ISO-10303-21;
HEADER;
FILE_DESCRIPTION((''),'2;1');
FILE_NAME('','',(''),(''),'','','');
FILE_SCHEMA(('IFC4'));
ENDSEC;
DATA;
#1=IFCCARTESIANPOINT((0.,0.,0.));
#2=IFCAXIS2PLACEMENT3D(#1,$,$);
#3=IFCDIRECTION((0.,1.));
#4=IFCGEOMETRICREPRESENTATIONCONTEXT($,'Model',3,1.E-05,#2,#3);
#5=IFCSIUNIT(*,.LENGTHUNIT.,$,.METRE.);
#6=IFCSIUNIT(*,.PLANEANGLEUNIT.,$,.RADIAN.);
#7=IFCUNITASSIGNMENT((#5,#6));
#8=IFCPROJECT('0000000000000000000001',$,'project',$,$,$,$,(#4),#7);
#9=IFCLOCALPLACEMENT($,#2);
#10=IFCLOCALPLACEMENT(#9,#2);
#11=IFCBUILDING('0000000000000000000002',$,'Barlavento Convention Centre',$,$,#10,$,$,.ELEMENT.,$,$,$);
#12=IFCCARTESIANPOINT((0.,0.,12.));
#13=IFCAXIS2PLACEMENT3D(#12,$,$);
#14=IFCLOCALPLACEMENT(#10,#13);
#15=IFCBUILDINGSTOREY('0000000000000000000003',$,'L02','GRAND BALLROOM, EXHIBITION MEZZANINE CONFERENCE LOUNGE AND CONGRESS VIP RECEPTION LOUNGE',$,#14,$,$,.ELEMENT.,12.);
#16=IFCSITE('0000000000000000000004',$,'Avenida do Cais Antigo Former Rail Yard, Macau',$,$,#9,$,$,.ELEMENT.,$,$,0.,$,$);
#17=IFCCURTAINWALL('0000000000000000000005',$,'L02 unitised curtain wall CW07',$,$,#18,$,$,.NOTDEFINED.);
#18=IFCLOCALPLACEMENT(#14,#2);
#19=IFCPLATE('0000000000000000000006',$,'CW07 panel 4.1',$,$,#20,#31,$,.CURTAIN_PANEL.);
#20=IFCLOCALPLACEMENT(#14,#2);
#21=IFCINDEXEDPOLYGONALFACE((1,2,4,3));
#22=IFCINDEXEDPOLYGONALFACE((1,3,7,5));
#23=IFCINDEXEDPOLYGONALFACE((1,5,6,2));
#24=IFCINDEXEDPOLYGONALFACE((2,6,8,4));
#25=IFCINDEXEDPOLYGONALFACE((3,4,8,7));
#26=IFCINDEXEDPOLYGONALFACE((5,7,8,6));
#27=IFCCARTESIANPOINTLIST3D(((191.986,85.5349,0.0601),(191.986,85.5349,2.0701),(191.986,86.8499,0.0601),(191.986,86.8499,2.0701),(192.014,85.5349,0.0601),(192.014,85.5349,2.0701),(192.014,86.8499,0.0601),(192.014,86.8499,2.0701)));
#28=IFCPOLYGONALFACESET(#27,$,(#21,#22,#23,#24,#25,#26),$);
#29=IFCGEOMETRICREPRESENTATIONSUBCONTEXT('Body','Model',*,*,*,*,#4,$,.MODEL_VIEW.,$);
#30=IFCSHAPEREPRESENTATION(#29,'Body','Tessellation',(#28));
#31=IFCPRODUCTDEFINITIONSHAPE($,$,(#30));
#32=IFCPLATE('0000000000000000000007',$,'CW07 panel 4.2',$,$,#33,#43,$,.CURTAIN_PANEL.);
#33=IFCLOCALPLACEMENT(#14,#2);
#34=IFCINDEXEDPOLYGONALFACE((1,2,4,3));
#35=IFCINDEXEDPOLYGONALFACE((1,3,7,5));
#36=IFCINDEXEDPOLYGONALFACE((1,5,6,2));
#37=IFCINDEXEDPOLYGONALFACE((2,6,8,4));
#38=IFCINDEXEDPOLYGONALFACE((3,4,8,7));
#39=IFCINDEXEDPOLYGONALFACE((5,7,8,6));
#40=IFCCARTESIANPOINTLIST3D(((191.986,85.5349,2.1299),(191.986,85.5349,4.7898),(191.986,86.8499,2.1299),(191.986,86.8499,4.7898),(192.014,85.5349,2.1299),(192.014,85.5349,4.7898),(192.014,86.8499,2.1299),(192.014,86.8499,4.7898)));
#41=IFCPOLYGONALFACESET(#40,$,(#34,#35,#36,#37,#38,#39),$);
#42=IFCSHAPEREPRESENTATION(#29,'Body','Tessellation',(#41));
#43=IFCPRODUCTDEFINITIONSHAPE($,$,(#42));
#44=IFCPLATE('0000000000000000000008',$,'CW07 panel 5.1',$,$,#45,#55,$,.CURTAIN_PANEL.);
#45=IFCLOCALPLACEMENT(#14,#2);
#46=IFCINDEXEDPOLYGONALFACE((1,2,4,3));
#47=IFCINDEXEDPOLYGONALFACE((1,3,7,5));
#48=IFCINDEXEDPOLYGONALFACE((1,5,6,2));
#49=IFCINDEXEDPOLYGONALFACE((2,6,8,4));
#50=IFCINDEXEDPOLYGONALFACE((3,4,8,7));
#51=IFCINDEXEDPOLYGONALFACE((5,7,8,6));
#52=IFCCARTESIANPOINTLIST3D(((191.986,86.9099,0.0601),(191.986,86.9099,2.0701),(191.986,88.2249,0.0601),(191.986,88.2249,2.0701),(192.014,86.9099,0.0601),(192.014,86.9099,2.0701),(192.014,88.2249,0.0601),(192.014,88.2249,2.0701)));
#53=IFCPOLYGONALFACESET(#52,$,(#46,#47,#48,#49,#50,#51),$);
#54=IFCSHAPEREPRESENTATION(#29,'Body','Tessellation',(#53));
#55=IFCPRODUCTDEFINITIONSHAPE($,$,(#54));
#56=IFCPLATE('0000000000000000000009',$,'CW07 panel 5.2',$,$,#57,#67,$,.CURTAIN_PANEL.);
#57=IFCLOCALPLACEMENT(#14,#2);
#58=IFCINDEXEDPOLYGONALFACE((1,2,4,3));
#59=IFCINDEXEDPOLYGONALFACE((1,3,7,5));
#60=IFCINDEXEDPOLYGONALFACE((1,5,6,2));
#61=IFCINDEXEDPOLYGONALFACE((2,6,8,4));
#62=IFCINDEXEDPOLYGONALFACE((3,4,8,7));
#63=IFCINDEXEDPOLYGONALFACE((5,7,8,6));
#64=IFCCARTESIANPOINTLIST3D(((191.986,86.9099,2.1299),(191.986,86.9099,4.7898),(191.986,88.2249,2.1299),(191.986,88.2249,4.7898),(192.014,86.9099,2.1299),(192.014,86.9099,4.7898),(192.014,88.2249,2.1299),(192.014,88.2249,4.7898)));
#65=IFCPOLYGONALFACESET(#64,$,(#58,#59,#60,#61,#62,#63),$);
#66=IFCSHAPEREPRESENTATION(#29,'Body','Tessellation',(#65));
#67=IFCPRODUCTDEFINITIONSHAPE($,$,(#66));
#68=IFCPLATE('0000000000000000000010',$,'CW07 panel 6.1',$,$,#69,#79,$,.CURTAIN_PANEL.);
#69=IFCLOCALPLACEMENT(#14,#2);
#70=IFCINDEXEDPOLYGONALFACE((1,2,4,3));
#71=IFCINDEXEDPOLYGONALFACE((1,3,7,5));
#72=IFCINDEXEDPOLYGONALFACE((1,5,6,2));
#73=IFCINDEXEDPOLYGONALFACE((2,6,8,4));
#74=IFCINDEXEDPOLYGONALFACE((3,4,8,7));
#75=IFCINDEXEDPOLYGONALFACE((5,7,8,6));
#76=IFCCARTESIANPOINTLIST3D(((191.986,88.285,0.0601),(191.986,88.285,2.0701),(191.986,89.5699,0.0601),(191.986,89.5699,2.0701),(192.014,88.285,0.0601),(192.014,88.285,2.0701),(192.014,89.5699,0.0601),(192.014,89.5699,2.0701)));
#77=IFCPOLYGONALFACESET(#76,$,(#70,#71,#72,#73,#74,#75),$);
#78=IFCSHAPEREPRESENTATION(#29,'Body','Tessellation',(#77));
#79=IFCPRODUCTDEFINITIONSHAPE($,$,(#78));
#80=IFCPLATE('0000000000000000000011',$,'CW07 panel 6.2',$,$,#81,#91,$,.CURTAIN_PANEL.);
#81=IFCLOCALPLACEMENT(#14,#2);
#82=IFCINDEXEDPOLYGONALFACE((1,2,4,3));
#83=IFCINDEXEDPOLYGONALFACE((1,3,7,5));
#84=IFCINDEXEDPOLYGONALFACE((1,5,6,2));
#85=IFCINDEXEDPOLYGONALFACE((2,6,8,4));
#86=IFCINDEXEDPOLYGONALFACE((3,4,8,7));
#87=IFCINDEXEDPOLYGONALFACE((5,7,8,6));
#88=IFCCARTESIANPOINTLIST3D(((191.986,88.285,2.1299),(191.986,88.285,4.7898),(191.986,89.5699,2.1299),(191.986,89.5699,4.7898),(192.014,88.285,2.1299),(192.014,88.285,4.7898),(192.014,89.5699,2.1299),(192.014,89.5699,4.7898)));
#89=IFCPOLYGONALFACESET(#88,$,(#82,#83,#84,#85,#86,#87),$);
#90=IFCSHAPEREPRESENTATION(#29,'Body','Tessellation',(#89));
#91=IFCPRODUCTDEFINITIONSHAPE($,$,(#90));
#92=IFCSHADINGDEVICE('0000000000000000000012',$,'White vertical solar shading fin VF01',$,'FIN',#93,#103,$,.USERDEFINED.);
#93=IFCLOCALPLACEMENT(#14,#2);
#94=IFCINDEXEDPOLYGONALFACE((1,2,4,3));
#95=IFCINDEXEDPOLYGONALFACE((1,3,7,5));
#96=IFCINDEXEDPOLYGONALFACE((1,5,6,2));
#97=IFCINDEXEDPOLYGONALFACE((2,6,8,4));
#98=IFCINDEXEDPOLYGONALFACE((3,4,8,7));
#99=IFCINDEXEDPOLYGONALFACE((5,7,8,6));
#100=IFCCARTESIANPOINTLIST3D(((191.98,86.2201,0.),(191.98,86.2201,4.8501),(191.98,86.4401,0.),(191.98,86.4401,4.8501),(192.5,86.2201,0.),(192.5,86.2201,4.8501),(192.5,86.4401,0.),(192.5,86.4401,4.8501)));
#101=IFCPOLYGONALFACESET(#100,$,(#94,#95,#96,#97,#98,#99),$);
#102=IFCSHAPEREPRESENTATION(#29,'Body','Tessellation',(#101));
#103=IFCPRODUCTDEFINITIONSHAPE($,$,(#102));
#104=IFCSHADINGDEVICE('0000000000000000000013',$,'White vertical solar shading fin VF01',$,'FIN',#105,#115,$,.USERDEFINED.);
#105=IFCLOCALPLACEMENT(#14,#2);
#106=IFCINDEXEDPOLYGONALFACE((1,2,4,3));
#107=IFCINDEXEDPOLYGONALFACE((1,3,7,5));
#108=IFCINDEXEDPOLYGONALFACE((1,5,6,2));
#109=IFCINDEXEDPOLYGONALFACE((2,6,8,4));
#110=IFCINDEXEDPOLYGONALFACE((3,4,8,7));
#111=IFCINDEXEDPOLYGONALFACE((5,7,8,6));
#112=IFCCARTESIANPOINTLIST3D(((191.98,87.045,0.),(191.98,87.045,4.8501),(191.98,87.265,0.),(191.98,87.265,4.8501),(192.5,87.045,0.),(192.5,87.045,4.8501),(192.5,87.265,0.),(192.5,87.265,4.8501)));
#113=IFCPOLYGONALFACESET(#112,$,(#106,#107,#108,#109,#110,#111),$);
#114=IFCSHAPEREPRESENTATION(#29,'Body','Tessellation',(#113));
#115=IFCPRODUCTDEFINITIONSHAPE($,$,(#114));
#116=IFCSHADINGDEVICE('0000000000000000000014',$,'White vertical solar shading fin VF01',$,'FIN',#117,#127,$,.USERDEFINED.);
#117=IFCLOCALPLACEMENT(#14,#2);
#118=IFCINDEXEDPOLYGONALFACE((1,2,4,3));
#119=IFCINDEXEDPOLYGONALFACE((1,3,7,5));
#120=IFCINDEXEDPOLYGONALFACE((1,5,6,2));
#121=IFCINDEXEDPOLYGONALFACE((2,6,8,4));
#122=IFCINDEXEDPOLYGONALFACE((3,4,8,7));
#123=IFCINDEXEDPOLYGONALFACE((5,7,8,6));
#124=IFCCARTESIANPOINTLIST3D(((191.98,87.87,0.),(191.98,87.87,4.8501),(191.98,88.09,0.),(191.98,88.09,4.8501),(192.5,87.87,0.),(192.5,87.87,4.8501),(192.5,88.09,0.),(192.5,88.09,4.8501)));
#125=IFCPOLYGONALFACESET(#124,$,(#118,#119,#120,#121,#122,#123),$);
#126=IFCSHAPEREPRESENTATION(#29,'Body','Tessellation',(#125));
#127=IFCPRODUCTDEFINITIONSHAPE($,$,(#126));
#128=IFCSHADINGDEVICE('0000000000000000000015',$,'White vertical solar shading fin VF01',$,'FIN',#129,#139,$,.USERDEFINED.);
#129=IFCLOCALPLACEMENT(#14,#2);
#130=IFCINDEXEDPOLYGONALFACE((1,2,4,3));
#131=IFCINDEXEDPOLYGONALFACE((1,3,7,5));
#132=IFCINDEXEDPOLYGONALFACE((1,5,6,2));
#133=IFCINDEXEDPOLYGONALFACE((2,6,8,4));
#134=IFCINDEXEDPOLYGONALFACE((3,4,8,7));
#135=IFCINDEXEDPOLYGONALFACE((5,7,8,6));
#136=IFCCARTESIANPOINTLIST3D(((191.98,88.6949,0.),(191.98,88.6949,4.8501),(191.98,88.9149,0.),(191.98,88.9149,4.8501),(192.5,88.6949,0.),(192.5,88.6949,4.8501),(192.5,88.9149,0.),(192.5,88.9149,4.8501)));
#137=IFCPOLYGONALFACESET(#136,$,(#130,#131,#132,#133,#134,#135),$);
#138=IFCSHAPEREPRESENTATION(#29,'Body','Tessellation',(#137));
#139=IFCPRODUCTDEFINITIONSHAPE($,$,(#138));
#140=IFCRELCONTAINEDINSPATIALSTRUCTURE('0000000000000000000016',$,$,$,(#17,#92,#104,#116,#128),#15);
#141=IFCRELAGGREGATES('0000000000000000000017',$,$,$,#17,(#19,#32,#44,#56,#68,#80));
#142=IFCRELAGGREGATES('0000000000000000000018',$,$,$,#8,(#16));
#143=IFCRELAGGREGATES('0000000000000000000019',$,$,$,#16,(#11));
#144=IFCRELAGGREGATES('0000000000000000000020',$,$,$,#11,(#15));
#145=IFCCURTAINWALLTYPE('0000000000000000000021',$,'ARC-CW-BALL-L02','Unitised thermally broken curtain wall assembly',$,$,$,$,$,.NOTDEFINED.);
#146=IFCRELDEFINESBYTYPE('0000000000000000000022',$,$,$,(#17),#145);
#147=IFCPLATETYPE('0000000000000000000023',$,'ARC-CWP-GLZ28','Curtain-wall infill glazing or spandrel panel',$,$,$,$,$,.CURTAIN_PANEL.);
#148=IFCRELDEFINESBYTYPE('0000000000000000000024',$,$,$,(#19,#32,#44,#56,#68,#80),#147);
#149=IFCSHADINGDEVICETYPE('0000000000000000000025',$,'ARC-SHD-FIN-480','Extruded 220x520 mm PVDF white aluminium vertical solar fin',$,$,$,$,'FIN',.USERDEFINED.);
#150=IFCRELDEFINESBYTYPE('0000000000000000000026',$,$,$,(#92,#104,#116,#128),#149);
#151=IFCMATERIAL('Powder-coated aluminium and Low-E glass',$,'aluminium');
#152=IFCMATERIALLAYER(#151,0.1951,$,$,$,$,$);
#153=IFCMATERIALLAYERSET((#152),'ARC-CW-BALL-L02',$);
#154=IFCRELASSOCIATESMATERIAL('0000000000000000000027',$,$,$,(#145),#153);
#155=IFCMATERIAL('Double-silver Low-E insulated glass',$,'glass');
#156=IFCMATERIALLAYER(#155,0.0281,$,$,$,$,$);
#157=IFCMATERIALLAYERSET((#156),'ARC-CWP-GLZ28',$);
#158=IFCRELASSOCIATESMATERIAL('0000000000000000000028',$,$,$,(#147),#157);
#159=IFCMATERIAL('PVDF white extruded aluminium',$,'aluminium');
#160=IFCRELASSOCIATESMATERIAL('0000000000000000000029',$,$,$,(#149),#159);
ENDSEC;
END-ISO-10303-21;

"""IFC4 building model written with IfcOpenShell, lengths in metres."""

from ifc_helpers import new_model, si_unit, direction, frame, origin, origin_2d, place, context, subcontext, project, spatial, rectangle, extrude, material, layer, layer_set, type_object, element, aggregate, save


model = new_model("IFC4")

# Units and contexts
model_context = context("Model", 3, precision=1e-05, world=origin(), true_north=direction((0.0, 1.0)))
body_context = subcontext(model_context, "Body", "Model", "MODEL_VIEW")
ifc_project = project(units=[si_unit("LENGTHUNIT", "METRE"), si_unit("PLANEANGLEUNIT", "RADIAN")], contexts=[model_context])

# Site, building, storey
site_placement = place(None, origin())
site = spatial("IfcSite", under=ifc_project, at=site_placement, Name="Avenida do Cais Antigo Former Rail Yard, Macau", CompositionType="ELEMENT", RefElevation=0.0)
building_placement = place(site_placement, origin())
building = spatial("IfcBuilding", under=site, at=building_placement, Name="Barlavento Convention Centre", CompositionType="ELEMENT")
storey_placement = place(building_placement, frame((0.0, 0.0, 12.0)))
storey = spatial("IfcBuildingStorey", under=building, at=storey_placement, Name="L02", Description="GRAND BALLROOM, EXHIBITION MEZZANINE CONFERENCE LOUNGE AND CONGRESS VIP RECEPTION LOUNGE", CompositionType="ELEMENT", Elevation=12.0)

# Curtain wall, plates
ifc_material_1 = material(Name="Powder-coated aluminium and Low-E glass", Category="aluminium")
ifc_layer_1 = layer(ifc_material_1, 0.1951)
ifc_layer_set_1 = layer_set([ifc_layer_1], Name="ARC-CW-BALL-L02")
curtain_wall_type = type_object("IfcCurtainWallType", Name="ARC-CW-BALL-L02", Description="Unitised thermally broken curtain wall assembly", PredefinedType="NOTDEFINED", material=ifc_layer_set_1)
curtain_wall_placement = place(storey_placement, origin())
curtain_wall = element("IfcCurtainWall", 1, at=curtain_wall_placement, inside=storey, type_object=curtain_wall_type, Name="L02 unitised curtain wall CW07", PredefinedType="NOTDEFINED")
ifc_material_2 = material(Name="Double-silver Low-E insulated glass", Category="glass")
ifc_layer_2 = layer(ifc_material_2, 0.0281)
ifc_layer_set_2 = layer_set([ifc_layer_2], Name="ARC-CWP-GLZ28")
plate_type = type_object("IfcPlateType", Name="ARC-CWP-GLZ28", Description="Curtain-wall infill glazing or spandrel panel", PredefinedType="CURTAIN_PANEL", material=ifc_layer_set_2)
plate_1_placement = place(storey_placement, frame((192.0, 86.1924, 0.0601), z_axis=(0.0, 0.0, 1.0), x_axis=(0.0, 1.0, 0.0)))
plate_1 = element("IfcPlate", 2, at=plate_1_placement, type_object=plate_type, Name="CW07 panel 4.1", PredefinedType="CURTAIN_PANEL", context=body_context, shape_type="SweptSolid", body=[
    extrude(rectangle(XDim=1.3149, YDim=0.0281, at=origin_2d()), origin(), (0.0, 0.0, 1.0), 2.01),
])
plate_2_placement = place(storey_placement, frame((192.0, 86.1924, 2.1299), z_axis=(0.0, 0.0, 1.0), x_axis=(0.0, 1.0, 0.0)))
plate_2 = element("IfcPlate", 3, at=plate_2_placement, type_object=plate_type, Name="CW07 panel 4.2", PredefinedType="CURTAIN_PANEL", context=body_context, shape_type="SweptSolid", body=[
    extrude(rectangle(XDim=1.3149, YDim=0.0281, at=origin_2d()), origin(), (0.0, 0.0, 1.0), 2.6599),
])
plate_3_placement = place(storey_placement, frame((192.0, 87.5674, 0.0601), z_axis=(0.0, 0.0, 1.0), x_axis=(0.0, 1.0, 0.0)))
plate_3 = element("IfcPlate", 4, at=plate_3_placement, type_object=plate_type, Name="CW07 panel 5.1", PredefinedType="CURTAIN_PANEL", context=body_context, shape_type="SweptSolid", body=[
    extrude(rectangle(XDim=1.3149, YDim=0.0281, at=origin_2d()), origin(), (0.0, 0.0, 1.0), 2.01),
])
plate_4_placement = place(storey_placement, frame((192.0, 87.5674, 2.1299), z_axis=(0.0, 0.0, 1.0), x_axis=(0.0, 1.0, 0.0)))
plate_4 = element("IfcPlate", 5, at=plate_4_placement, type_object=plate_type, Name="CW07 panel 5.2", PredefinedType="CURTAIN_PANEL", context=body_context, shape_type="SweptSolid", body=[
    extrude(rectangle(XDim=1.3149, YDim=0.0281, at=origin_2d()), origin(), (0.0, 0.0, 1.0), 2.6599),
])
plate_5_placement = place(storey_placement, frame((192.0, 88.9275, 0.0601), z_axis=(0.0, 0.0, 1.0), x_axis=(0.0, 1.0, 0.0)))
plate_5 = element("IfcPlate", 6, at=plate_5_placement, type_object=plate_type, Name="CW07 panel 6.1", PredefinedType="CURTAIN_PANEL", context=body_context, shape_type="SweptSolid", body=[
    extrude(rectangle(XDim=1.2849, YDim=0.0281, at=origin_2d()), origin(), (0.0, 0.0, 1.0), 2.01),
])
plate_6_placement = place(storey_placement, frame((192.0, 88.9275, 2.1299), z_axis=(0.0, 0.0, 1.0), x_axis=(0.0, 1.0, 0.0)))
plate_6 = element("IfcPlate", 7, at=plate_6_placement, type_object=plate_type, Name="CW07 panel 6.2", PredefinedType="CURTAIN_PANEL", context=body_context, shape_type="SweptSolid", body=[
    extrude(rectangle(XDim=1.2849, YDim=0.0281, at=origin_2d()), origin(), (0.0, 0.0, 1.0), 2.6599),
])
aggregate(curtain_wall, [plate_1, plate_2, plate_3, plate_4, plate_5, plate_6])

# Shading devices
ifc_material_3 = material(Name="PVDF white extruded aluminium", Category="aluminium")
shading_device_type = type_object("IfcShadingDeviceType", Name="ARC-SHD-FIN-480", Description="Extruded 220x520 mm PVDF white aluminium vertical solar fin", ElementType="FIN", PredefinedType="USERDEFINED", material=ifc_material_3)
for number, where, z_axis, x_axis, name in (
    (8, (192.24, 86.3301, 0.0), (0.0, 0.0, 1.0), (0.0, 1.0, 0.0), "White vertical solar shading fin VF01"),
    (9, (192.24, 87.155, 0.0), (0.0, 0.0, 1.0), (0.0, 1.0, 0.0), "White vertical solar shading fin VF01"),
    (10, (192.24, 87.98, 0.0), (0.0, 0.0, 1.0), (0.0, 1.0, 0.0), "White vertical solar shading fin VF01"),
    (11, (192.24, 88.8049, 0.0), (0.0, 0.0, 1.0), (0.0, 1.0, 0.0), "White vertical solar shading fin VF01"),
):
    element("IfcShadingDevice", number, at=place(storey_placement, frame(where, z_axis=z_axis, x_axis=x_axis)), inside=storey, type_object=shading_device_type, Name=name, ObjectType="FIN", PredefinedType="USERDEFINED", context=body_context, shape_type="SweptSolid", body=[
        extrude(rectangle(XDim=0.22, YDim=0.52, at=origin_2d()), origin(), (0.0, 0.0, 1.0), 4.8501),
    ])

save(model, "model.ifc")
